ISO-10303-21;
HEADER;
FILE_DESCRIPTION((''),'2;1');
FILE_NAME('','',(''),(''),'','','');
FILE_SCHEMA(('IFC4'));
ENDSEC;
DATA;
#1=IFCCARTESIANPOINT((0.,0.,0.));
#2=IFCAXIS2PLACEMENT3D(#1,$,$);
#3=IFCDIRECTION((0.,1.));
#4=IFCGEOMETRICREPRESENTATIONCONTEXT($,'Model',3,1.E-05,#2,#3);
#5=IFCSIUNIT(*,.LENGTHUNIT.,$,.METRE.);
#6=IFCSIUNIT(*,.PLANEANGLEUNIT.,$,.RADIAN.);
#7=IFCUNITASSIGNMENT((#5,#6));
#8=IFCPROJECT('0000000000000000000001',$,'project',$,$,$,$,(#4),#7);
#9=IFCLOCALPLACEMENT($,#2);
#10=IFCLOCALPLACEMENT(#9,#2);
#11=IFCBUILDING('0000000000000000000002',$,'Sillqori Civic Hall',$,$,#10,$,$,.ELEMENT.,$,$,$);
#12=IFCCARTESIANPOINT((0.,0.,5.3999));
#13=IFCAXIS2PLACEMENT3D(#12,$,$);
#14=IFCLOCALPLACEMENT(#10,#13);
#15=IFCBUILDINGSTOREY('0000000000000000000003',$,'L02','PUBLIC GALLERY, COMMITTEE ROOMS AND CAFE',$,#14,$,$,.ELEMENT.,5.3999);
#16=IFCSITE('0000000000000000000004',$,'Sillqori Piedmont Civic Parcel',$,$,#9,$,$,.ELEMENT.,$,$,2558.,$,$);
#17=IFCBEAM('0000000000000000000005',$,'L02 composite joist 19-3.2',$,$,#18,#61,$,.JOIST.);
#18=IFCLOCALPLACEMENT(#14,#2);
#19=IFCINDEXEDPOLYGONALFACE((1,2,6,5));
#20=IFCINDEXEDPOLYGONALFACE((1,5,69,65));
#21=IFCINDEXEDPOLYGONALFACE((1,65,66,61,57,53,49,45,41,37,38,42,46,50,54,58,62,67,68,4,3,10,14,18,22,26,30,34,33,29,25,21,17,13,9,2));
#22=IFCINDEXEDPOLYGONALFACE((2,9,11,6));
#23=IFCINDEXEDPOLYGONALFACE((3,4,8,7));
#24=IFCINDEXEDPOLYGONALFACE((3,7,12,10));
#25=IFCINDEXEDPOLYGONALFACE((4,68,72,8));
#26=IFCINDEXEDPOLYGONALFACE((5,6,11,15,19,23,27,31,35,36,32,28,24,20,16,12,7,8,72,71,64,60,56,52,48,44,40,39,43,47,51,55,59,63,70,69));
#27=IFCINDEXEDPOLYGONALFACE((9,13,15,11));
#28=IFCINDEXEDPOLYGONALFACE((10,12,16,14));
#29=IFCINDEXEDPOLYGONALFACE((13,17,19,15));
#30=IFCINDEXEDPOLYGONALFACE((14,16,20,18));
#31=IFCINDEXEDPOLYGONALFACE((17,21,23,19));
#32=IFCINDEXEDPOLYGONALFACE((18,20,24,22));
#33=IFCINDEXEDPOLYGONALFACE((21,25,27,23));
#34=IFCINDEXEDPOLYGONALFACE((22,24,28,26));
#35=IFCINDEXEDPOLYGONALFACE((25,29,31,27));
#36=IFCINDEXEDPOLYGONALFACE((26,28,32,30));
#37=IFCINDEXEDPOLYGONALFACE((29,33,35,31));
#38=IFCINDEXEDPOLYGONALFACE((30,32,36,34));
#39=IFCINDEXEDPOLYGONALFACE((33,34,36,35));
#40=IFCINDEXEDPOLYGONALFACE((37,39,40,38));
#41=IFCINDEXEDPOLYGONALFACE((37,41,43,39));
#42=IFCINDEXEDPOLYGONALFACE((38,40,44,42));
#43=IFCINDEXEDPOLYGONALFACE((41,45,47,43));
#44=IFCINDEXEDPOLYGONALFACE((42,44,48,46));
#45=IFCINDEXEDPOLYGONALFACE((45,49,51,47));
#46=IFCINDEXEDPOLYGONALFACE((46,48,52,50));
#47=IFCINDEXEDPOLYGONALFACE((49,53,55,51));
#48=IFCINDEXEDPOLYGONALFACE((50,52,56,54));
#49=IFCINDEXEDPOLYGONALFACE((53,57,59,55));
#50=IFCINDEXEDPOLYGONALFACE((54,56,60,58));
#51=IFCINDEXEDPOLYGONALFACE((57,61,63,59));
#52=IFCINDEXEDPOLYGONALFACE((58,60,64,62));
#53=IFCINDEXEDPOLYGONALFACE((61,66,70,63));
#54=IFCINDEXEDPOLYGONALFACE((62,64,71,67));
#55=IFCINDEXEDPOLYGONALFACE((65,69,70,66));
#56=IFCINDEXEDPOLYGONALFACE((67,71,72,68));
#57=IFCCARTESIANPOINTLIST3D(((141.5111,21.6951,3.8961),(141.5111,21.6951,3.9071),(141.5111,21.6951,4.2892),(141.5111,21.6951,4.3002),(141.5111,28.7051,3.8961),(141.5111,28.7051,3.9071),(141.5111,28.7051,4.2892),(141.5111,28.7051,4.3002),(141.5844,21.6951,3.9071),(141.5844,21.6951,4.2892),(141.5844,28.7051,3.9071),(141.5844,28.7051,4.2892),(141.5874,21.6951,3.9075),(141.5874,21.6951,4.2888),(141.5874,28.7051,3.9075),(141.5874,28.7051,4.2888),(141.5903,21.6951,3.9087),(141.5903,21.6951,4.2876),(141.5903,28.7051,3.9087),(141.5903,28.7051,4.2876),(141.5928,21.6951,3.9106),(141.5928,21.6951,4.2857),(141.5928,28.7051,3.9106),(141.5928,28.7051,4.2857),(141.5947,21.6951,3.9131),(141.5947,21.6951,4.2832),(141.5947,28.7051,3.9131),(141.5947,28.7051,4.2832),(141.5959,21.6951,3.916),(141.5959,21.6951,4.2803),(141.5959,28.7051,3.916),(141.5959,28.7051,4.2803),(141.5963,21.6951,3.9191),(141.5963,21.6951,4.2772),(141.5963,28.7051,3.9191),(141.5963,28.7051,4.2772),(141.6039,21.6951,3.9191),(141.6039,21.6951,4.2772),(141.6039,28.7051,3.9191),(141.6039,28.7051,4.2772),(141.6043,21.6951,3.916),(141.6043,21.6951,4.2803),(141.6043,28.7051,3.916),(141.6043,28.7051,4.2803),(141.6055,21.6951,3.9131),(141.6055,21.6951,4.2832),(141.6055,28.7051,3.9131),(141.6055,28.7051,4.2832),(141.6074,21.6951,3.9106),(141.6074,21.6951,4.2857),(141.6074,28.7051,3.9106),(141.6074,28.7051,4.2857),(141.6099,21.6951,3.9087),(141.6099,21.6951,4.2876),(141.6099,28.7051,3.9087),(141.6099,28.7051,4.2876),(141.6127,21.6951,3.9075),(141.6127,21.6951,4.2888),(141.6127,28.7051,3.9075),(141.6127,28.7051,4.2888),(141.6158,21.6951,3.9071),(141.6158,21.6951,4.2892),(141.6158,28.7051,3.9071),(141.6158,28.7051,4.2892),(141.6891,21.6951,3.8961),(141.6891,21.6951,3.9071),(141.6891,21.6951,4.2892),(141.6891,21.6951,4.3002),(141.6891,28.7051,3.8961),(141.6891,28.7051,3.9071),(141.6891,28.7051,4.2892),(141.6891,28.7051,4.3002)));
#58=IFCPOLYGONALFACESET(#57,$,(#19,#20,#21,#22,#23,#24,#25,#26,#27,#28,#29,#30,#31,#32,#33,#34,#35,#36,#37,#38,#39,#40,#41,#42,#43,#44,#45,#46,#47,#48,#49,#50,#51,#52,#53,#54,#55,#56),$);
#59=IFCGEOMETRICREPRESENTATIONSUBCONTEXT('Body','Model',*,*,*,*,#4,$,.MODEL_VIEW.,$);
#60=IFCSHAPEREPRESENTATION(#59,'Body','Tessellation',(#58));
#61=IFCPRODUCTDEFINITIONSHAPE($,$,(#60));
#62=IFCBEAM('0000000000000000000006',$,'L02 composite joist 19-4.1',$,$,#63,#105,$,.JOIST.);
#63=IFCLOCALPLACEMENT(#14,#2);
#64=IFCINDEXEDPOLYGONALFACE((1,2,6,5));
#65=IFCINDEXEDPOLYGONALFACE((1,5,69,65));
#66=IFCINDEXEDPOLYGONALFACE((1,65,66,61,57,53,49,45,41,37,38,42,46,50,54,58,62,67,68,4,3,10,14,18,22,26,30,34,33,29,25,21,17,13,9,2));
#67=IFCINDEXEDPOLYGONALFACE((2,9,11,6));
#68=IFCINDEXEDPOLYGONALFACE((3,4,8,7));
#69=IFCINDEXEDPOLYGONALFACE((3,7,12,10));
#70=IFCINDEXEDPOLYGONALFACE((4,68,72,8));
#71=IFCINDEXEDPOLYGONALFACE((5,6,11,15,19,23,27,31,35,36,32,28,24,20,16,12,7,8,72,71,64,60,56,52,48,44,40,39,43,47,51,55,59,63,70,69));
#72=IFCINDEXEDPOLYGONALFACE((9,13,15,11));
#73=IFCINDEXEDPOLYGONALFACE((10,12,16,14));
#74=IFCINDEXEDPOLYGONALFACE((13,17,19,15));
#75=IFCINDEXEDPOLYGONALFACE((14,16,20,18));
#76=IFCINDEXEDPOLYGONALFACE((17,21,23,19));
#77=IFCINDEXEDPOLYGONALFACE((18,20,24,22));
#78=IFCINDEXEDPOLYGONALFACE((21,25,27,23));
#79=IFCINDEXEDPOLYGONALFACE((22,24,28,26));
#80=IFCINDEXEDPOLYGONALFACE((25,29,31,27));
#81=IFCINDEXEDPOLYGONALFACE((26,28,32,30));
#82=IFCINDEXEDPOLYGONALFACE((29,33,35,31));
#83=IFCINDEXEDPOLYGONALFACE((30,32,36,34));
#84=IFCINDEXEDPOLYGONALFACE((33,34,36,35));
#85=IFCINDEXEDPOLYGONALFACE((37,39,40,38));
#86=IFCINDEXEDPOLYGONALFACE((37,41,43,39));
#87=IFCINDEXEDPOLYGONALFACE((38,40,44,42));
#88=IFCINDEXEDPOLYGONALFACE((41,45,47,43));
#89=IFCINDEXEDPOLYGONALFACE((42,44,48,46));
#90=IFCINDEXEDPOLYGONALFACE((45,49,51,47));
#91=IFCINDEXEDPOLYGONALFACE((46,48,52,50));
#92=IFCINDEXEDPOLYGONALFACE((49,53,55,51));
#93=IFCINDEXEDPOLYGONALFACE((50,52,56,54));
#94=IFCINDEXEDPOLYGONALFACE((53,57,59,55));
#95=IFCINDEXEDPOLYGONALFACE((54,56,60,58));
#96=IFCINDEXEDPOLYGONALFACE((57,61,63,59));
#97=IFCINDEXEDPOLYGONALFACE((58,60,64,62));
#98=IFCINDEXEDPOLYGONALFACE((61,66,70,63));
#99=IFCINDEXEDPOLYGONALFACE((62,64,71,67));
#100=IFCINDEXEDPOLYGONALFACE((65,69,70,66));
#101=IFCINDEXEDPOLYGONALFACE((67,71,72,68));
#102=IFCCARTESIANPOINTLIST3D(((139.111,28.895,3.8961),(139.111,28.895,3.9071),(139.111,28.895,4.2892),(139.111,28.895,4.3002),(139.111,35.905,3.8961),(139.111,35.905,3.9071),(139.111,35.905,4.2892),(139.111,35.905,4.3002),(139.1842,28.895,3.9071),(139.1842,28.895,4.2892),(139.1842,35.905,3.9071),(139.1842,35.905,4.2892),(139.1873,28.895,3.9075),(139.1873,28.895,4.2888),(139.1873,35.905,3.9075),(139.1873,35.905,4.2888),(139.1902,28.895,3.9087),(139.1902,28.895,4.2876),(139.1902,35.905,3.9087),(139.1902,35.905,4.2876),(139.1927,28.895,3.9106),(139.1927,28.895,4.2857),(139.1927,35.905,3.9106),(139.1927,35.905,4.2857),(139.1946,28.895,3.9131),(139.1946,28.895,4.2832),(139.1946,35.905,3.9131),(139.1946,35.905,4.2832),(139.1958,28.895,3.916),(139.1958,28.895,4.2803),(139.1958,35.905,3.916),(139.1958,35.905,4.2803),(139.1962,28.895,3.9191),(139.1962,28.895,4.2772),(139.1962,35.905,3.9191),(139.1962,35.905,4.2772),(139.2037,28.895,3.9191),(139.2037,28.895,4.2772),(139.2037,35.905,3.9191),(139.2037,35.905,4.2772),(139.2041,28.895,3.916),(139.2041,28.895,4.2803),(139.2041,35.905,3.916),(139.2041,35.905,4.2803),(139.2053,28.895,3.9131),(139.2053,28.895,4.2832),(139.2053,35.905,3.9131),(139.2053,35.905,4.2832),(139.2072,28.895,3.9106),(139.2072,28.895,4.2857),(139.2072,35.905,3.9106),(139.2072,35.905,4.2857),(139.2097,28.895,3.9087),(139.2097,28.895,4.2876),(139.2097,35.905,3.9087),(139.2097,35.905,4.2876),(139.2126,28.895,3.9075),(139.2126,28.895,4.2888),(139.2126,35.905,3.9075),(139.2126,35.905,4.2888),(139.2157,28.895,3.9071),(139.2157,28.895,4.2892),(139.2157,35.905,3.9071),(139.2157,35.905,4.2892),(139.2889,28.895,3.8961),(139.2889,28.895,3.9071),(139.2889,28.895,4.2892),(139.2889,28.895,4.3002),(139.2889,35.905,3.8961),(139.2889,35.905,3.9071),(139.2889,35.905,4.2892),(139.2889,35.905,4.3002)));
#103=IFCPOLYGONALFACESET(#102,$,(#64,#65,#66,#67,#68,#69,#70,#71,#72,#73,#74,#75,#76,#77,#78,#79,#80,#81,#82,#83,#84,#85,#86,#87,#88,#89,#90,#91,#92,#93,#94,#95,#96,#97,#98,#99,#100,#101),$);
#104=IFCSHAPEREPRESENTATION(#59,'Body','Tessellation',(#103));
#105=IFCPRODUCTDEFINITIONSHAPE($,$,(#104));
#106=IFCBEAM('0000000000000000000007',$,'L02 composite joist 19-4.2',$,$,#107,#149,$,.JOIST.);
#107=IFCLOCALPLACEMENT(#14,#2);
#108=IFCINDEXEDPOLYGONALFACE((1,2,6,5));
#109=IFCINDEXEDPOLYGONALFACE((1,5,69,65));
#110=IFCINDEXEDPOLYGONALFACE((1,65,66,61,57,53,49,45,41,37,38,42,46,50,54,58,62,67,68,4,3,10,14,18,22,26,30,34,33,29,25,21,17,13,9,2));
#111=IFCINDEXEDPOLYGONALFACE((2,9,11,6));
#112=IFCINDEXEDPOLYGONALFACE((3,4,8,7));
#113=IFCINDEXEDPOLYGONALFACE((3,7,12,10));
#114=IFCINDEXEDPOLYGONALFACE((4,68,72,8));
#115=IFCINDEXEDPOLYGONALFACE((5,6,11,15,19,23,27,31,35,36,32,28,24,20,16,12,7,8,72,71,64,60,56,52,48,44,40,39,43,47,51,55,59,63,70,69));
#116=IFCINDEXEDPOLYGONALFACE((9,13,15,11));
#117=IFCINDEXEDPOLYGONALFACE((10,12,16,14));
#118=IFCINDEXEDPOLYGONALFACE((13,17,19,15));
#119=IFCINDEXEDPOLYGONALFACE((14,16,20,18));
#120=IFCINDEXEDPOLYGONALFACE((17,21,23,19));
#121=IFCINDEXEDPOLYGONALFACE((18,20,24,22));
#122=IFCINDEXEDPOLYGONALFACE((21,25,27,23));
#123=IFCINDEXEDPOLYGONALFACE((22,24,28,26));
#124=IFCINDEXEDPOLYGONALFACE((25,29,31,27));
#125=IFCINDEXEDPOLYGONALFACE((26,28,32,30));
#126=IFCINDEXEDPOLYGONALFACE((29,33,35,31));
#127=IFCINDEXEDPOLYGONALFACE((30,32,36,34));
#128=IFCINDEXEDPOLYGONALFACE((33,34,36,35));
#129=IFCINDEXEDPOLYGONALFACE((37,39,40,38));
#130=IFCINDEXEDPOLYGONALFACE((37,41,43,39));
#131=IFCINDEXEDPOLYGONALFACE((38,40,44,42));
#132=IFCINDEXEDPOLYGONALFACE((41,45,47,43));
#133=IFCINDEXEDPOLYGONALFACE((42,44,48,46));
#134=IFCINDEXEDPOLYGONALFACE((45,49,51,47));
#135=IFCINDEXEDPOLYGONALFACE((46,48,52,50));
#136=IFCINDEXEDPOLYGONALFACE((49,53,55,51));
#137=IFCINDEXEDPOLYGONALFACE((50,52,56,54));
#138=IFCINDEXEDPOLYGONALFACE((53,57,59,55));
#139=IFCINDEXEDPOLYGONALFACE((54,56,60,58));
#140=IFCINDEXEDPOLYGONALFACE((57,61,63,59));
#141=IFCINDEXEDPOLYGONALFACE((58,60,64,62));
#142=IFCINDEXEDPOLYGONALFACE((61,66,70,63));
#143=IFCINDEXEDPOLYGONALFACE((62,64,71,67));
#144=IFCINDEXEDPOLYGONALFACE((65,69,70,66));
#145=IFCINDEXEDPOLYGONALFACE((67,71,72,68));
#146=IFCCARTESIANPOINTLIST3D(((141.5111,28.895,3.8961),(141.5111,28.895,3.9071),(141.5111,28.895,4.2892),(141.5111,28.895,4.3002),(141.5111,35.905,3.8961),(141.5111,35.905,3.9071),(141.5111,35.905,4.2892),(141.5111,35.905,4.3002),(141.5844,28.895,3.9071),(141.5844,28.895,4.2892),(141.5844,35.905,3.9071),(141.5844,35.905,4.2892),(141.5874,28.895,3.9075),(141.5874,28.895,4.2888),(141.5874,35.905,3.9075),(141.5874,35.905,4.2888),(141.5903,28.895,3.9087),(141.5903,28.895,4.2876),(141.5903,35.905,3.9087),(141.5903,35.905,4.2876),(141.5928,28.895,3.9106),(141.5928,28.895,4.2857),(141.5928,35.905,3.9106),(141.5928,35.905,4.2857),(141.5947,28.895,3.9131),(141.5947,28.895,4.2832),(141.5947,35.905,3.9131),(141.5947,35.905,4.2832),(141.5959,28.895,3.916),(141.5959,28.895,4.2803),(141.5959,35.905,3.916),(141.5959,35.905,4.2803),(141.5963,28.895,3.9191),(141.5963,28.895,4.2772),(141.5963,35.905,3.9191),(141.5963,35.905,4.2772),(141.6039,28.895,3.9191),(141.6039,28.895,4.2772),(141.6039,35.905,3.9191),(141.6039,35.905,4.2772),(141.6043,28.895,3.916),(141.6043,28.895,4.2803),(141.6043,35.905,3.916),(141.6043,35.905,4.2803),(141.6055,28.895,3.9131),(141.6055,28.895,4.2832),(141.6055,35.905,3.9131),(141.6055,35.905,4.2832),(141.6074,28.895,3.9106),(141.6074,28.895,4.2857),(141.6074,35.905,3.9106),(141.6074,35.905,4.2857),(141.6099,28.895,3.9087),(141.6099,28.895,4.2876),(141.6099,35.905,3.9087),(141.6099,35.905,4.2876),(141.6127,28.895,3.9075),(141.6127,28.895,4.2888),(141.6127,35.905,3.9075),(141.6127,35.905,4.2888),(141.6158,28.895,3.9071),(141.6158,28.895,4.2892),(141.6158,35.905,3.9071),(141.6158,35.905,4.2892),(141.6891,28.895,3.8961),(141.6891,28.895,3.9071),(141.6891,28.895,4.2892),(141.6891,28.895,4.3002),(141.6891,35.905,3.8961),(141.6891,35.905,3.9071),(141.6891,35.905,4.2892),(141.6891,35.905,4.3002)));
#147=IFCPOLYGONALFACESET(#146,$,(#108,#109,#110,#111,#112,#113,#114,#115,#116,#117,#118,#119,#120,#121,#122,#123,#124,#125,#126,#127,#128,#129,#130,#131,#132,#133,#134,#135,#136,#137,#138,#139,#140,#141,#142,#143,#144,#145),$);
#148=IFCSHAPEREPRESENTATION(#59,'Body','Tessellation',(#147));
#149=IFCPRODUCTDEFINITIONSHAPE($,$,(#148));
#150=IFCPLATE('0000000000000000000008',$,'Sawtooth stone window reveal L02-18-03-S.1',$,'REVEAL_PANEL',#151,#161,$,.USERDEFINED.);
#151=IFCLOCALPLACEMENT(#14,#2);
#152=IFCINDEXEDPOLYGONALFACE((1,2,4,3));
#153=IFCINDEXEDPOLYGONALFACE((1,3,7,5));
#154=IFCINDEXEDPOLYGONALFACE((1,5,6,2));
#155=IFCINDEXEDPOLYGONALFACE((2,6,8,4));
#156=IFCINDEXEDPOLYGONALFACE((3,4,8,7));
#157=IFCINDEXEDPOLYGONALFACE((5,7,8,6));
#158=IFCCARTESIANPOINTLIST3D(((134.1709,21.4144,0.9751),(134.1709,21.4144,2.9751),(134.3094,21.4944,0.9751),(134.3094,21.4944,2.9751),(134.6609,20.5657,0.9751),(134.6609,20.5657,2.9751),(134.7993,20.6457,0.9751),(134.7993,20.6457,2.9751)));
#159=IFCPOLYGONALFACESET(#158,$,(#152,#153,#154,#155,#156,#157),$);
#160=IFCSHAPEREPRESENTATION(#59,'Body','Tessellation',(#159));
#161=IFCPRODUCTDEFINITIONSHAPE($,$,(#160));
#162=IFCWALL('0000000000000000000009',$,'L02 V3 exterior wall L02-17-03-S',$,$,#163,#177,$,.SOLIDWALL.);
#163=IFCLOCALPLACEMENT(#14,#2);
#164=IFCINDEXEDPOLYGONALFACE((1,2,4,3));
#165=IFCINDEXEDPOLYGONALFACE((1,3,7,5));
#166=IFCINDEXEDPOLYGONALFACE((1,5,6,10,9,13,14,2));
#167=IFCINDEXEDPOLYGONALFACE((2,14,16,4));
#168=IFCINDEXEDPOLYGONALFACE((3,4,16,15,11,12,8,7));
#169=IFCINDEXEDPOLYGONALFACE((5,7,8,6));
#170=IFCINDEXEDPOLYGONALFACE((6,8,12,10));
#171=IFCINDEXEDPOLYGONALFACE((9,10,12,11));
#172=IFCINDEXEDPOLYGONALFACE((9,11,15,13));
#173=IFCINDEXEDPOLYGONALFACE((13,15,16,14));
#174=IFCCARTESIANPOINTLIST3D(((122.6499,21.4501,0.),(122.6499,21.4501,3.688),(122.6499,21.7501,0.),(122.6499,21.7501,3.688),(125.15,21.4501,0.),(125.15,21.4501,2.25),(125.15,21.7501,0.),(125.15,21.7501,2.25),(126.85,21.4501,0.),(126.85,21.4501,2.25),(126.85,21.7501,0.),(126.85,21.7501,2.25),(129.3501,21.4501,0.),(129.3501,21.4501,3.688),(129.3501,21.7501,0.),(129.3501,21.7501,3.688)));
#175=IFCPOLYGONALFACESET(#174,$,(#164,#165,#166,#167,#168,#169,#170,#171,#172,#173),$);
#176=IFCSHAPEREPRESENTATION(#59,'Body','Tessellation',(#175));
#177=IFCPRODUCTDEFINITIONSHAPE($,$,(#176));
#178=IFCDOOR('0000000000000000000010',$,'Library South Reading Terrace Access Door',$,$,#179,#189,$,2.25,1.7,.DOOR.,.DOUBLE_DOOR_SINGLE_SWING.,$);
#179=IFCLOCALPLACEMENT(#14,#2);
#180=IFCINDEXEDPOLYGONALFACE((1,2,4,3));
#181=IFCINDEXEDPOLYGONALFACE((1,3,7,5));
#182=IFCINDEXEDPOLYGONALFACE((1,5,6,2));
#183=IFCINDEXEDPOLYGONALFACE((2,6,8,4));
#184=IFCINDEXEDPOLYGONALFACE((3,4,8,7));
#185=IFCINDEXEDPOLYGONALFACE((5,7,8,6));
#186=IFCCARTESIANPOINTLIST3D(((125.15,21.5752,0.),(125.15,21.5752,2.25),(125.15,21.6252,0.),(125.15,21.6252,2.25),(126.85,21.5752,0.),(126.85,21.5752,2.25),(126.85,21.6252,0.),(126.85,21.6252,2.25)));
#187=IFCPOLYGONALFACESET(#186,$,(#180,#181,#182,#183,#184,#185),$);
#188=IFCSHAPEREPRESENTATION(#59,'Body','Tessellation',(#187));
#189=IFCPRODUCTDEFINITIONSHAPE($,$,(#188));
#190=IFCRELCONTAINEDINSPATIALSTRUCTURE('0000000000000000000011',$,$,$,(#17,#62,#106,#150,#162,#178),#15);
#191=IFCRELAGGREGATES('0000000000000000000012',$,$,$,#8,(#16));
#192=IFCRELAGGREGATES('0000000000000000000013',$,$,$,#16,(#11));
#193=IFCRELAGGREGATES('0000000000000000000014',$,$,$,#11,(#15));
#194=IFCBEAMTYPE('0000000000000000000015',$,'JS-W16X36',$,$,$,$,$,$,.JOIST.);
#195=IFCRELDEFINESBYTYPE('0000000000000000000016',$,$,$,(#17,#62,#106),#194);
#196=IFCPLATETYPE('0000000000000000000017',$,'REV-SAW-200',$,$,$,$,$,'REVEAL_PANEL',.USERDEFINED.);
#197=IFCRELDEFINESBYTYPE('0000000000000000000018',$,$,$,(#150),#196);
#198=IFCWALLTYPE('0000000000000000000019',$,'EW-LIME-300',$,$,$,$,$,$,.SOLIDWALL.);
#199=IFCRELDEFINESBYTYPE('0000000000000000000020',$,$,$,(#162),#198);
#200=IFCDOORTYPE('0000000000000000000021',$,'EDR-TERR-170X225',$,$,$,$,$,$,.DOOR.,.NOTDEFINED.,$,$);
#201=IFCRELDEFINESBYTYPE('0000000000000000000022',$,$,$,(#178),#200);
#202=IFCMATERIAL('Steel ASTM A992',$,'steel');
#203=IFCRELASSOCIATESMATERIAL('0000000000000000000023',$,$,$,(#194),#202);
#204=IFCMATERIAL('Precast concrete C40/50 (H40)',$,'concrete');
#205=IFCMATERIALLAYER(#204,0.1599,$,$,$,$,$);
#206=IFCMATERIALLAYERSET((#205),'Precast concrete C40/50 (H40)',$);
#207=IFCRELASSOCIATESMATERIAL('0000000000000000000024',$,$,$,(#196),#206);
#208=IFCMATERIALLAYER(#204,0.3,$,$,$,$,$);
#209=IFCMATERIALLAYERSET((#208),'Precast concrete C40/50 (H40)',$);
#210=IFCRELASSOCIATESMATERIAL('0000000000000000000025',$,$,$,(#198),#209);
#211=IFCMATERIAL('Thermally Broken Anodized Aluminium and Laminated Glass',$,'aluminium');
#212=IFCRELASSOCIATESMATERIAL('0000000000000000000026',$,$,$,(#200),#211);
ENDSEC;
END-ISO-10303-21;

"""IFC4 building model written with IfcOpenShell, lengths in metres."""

from ifc_helpers import new_model, si_unit, direction, frame, frame_2d, origin, origin_2d, place, context, subcontext, project, spatial, rectangle, i_section, extrude, material, layer, layer_set, material_profile, profile_set, type_object, element, fill, save


model = new_model("IFC4")

# Units and contexts
model_context = context("Model", 3, precision=1e-05, world=origin(), true_north=direction((0.0, 1.0)))
body_context = subcontext(model_context, "Body", "Model", "MODEL_VIEW")
ifc_project = project(units=[si_unit("LENGTHUNIT", "METRE"), si_unit("PLANEANGLEUNIT", "RADIAN")], contexts=[model_context])

# Site, building, storey
site_placement = place(None, origin())
site = spatial("IfcSite", under=ifc_project, at=site_placement, Name="Sillqori Piedmont Civic Parcel", CompositionType="ELEMENT", RefElevation=2558.0)
building_placement = place(site_placement, origin())
building = spatial("IfcBuilding", under=site, at=building_placement, Name="Sillqori Civic Hall", CompositionType="ELEMENT")
storey_placement = place(building_placement, frame((0.0, 0.0, 5.3999)))
storey = spatial("IfcBuildingStorey", under=building, at=storey_placement, Name="L02", Description="PUBLIC GALLERY, COMMITTEE ROOMS AND CAFE", CompositionType="ELEMENT", Elevation=5.3999)

# Shared definitions
ifc_material_1 = material(Name="Steel ASTM A992", Category="steel")

# Beams
ifc_material_profile_1 = material_profile(ifc_material_1, i_section(OverallWidth=0.178, OverallDepth=0.4041, WebThickness=0.0076, FlangeThickness=0.011, FilletRadius=0.012, at=origin_2d()), Name="W16X36")
ifc_profile_set_1 = profile_set([ifc_material_profile_1], Name="Steel ASTM A992")
beam_type_1 = type_object("IfcBeamType", Name="JS-W16X36", PredefinedType="JOIST", material=ifc_profile_set_1)
for number, where, z_axis, x_axis, name in (
    (1, (141.6001, 21.6951, 4.0981), (0.0, 1.0, 0.0), (-1.0, 0.0, 0.0), "L02 composite joist 19-3.2"),
    (2, (139.2, 28.895, 4.0981), (0.0, 1.0, 0.0), (-1.0, 0.0, 0.0), "L02 composite joist 19-4.1"),
    (3, (141.6001, 28.895, 4.0981), (0.0, 1.0, 0.0), (-1.0, 0.0, 0.0), "L02 composite joist 19-4.2"),
):
    element("IfcBeam", number, at=place(storey_placement, frame(where, z_axis=z_axis, x_axis=x_axis)), inside=storey, type_object=beam_type_1, Name=name, PredefinedType="JOIST", context=body_context, shape_type="SweptSolid", body=[
        extrude(i_section(OverallWidth=0.178, OverallDepth=0.4041, WebThickness=0.0076, FlangeThickness=0.011, FilletRadius=0.012, at=origin_2d()), origin(), (0.0, 0.0, 1.0), 7.01),
    ])

# Plate
ifc_material_2 = material(Name="Precast concrete C40/50 (H40)", Category="concrete")
ifc_layer_1 = layer(ifc_material_2, 0.1599)
ifc_layer_set_1 = layer_set([ifc_layer_1], Name="Precast concrete C40/50 (H40)")
plate_type = type_object("IfcPlateType", Name="REV-SAW-200", ElementType="REVEAL_PANEL", PredefinedType="USERDEFINED", material=ifc_layer_set_1)
plate_placement = place(storey_placement, frame((134.4851, 21.03, 0.9751), z_axis=(0.0, 0.0, 1.0), x_axis=(-0.866025, -0.5, 0.0)))
element("IfcPlate", 4, at=plate_placement, inside=storey, type_object=plate_type, Name="Sawtooth stone window reveal L02-18-03-S.1", ObjectType="REVEAL_PANEL", PredefinedType="USERDEFINED", context=body_context, shape_type="SweptSolid", body=[
    extrude(rectangle(XDim=0.1599, YDim=0.98, at=origin_2d()), origin(), (0.0, 0.0, 1.0), 2.0),
])

# Wall, opening, door
ifc_layer_2 = layer(ifc_material_2, 0.3)
ifc_layer_set_2 = layer_set([ifc_layer_2], Name="Precast concrete C40/50 (H40)")
wall_type = type_object("IfcWallType", Name="EW-LIME-300", PredefinedType="SOLIDWALL", material=ifc_layer_set_2)
wall_1_placement = place(storey_placement, frame((129.3501, 21.6001, 0.0), z_axis=(0.0, 0.0, 1.0), x_axis=(-1.0, 0.0, 0.0)))
wall_1 = element("IfcWall", 5, at=wall_1_placement, inside=storey, type_object=wall_type, Name="L02 V3 exterior wall L02-17-03-S", PredefinedType="SOLIDWALL", context=body_context, shape_type="SweptSolid", body=[
    extrude(rectangle(XDim=6.7002, YDim=0.3, at=frame_2d((3.3501, 0.0))), origin(), (0.0, 0.0, 1.0), 3.688),
])
opening_1_placement = place(wall_1_placement, frame((2.5, 0.0, 0.0)))
opening_1 = element("IfcOpeningElement", 6, at=opening_1_placement, cuts=wall_1, PredefinedType="OPENING", context=body_context, shape_type="SweptSolid", body=[
    extrude(rectangle(XDim=1.7, YDim=2.25, at=frame_2d((0.8501, 1.125))), frame((0.0, 0.1599, 0.0), z_axis=(0.0, -1.0, 0.0), x_axis=(1.0, 0.0, 0.0)), (0.0, 0.0, 1.0), 0.3201),
])
ifc_material_3 = material(Name="Thermally Broken Anodized Aluminium and Laminated Glass", Category="aluminium")
door_type = type_object("IfcDoorType", Name="EDR-TERR-170X225", OperationType="NOTDEFINED", PredefinedType="DOOR", material=ifc_material_3)
door_placement = place(opening_1_placement, origin())
door = element("IfcDoor", 7, at=door_placement, inside=storey, type_object=door_type, Name="Library South Reading Terrace Access Door", OperationType="DOUBLE_DOOR_SINGLE_SWING", OverallHeight=2.25, OverallWidth=1.7, PredefinedType="DOOR", context=body_context, shape_type="SweptSolid", body=[
    extrude(rectangle(XDim=1.7, YDim=2.25, at=frame_2d((0.8501, 1.125))), frame((0.0, 0.0249, 0.0), z_axis=(0.0, -1.0, 0.0), x_axis=(1.0, 0.0, 0.0)), (0.0, 0.0, 1.0), 0.05),
])
fill(opening_1, door)

save(model, "model.ifc")
